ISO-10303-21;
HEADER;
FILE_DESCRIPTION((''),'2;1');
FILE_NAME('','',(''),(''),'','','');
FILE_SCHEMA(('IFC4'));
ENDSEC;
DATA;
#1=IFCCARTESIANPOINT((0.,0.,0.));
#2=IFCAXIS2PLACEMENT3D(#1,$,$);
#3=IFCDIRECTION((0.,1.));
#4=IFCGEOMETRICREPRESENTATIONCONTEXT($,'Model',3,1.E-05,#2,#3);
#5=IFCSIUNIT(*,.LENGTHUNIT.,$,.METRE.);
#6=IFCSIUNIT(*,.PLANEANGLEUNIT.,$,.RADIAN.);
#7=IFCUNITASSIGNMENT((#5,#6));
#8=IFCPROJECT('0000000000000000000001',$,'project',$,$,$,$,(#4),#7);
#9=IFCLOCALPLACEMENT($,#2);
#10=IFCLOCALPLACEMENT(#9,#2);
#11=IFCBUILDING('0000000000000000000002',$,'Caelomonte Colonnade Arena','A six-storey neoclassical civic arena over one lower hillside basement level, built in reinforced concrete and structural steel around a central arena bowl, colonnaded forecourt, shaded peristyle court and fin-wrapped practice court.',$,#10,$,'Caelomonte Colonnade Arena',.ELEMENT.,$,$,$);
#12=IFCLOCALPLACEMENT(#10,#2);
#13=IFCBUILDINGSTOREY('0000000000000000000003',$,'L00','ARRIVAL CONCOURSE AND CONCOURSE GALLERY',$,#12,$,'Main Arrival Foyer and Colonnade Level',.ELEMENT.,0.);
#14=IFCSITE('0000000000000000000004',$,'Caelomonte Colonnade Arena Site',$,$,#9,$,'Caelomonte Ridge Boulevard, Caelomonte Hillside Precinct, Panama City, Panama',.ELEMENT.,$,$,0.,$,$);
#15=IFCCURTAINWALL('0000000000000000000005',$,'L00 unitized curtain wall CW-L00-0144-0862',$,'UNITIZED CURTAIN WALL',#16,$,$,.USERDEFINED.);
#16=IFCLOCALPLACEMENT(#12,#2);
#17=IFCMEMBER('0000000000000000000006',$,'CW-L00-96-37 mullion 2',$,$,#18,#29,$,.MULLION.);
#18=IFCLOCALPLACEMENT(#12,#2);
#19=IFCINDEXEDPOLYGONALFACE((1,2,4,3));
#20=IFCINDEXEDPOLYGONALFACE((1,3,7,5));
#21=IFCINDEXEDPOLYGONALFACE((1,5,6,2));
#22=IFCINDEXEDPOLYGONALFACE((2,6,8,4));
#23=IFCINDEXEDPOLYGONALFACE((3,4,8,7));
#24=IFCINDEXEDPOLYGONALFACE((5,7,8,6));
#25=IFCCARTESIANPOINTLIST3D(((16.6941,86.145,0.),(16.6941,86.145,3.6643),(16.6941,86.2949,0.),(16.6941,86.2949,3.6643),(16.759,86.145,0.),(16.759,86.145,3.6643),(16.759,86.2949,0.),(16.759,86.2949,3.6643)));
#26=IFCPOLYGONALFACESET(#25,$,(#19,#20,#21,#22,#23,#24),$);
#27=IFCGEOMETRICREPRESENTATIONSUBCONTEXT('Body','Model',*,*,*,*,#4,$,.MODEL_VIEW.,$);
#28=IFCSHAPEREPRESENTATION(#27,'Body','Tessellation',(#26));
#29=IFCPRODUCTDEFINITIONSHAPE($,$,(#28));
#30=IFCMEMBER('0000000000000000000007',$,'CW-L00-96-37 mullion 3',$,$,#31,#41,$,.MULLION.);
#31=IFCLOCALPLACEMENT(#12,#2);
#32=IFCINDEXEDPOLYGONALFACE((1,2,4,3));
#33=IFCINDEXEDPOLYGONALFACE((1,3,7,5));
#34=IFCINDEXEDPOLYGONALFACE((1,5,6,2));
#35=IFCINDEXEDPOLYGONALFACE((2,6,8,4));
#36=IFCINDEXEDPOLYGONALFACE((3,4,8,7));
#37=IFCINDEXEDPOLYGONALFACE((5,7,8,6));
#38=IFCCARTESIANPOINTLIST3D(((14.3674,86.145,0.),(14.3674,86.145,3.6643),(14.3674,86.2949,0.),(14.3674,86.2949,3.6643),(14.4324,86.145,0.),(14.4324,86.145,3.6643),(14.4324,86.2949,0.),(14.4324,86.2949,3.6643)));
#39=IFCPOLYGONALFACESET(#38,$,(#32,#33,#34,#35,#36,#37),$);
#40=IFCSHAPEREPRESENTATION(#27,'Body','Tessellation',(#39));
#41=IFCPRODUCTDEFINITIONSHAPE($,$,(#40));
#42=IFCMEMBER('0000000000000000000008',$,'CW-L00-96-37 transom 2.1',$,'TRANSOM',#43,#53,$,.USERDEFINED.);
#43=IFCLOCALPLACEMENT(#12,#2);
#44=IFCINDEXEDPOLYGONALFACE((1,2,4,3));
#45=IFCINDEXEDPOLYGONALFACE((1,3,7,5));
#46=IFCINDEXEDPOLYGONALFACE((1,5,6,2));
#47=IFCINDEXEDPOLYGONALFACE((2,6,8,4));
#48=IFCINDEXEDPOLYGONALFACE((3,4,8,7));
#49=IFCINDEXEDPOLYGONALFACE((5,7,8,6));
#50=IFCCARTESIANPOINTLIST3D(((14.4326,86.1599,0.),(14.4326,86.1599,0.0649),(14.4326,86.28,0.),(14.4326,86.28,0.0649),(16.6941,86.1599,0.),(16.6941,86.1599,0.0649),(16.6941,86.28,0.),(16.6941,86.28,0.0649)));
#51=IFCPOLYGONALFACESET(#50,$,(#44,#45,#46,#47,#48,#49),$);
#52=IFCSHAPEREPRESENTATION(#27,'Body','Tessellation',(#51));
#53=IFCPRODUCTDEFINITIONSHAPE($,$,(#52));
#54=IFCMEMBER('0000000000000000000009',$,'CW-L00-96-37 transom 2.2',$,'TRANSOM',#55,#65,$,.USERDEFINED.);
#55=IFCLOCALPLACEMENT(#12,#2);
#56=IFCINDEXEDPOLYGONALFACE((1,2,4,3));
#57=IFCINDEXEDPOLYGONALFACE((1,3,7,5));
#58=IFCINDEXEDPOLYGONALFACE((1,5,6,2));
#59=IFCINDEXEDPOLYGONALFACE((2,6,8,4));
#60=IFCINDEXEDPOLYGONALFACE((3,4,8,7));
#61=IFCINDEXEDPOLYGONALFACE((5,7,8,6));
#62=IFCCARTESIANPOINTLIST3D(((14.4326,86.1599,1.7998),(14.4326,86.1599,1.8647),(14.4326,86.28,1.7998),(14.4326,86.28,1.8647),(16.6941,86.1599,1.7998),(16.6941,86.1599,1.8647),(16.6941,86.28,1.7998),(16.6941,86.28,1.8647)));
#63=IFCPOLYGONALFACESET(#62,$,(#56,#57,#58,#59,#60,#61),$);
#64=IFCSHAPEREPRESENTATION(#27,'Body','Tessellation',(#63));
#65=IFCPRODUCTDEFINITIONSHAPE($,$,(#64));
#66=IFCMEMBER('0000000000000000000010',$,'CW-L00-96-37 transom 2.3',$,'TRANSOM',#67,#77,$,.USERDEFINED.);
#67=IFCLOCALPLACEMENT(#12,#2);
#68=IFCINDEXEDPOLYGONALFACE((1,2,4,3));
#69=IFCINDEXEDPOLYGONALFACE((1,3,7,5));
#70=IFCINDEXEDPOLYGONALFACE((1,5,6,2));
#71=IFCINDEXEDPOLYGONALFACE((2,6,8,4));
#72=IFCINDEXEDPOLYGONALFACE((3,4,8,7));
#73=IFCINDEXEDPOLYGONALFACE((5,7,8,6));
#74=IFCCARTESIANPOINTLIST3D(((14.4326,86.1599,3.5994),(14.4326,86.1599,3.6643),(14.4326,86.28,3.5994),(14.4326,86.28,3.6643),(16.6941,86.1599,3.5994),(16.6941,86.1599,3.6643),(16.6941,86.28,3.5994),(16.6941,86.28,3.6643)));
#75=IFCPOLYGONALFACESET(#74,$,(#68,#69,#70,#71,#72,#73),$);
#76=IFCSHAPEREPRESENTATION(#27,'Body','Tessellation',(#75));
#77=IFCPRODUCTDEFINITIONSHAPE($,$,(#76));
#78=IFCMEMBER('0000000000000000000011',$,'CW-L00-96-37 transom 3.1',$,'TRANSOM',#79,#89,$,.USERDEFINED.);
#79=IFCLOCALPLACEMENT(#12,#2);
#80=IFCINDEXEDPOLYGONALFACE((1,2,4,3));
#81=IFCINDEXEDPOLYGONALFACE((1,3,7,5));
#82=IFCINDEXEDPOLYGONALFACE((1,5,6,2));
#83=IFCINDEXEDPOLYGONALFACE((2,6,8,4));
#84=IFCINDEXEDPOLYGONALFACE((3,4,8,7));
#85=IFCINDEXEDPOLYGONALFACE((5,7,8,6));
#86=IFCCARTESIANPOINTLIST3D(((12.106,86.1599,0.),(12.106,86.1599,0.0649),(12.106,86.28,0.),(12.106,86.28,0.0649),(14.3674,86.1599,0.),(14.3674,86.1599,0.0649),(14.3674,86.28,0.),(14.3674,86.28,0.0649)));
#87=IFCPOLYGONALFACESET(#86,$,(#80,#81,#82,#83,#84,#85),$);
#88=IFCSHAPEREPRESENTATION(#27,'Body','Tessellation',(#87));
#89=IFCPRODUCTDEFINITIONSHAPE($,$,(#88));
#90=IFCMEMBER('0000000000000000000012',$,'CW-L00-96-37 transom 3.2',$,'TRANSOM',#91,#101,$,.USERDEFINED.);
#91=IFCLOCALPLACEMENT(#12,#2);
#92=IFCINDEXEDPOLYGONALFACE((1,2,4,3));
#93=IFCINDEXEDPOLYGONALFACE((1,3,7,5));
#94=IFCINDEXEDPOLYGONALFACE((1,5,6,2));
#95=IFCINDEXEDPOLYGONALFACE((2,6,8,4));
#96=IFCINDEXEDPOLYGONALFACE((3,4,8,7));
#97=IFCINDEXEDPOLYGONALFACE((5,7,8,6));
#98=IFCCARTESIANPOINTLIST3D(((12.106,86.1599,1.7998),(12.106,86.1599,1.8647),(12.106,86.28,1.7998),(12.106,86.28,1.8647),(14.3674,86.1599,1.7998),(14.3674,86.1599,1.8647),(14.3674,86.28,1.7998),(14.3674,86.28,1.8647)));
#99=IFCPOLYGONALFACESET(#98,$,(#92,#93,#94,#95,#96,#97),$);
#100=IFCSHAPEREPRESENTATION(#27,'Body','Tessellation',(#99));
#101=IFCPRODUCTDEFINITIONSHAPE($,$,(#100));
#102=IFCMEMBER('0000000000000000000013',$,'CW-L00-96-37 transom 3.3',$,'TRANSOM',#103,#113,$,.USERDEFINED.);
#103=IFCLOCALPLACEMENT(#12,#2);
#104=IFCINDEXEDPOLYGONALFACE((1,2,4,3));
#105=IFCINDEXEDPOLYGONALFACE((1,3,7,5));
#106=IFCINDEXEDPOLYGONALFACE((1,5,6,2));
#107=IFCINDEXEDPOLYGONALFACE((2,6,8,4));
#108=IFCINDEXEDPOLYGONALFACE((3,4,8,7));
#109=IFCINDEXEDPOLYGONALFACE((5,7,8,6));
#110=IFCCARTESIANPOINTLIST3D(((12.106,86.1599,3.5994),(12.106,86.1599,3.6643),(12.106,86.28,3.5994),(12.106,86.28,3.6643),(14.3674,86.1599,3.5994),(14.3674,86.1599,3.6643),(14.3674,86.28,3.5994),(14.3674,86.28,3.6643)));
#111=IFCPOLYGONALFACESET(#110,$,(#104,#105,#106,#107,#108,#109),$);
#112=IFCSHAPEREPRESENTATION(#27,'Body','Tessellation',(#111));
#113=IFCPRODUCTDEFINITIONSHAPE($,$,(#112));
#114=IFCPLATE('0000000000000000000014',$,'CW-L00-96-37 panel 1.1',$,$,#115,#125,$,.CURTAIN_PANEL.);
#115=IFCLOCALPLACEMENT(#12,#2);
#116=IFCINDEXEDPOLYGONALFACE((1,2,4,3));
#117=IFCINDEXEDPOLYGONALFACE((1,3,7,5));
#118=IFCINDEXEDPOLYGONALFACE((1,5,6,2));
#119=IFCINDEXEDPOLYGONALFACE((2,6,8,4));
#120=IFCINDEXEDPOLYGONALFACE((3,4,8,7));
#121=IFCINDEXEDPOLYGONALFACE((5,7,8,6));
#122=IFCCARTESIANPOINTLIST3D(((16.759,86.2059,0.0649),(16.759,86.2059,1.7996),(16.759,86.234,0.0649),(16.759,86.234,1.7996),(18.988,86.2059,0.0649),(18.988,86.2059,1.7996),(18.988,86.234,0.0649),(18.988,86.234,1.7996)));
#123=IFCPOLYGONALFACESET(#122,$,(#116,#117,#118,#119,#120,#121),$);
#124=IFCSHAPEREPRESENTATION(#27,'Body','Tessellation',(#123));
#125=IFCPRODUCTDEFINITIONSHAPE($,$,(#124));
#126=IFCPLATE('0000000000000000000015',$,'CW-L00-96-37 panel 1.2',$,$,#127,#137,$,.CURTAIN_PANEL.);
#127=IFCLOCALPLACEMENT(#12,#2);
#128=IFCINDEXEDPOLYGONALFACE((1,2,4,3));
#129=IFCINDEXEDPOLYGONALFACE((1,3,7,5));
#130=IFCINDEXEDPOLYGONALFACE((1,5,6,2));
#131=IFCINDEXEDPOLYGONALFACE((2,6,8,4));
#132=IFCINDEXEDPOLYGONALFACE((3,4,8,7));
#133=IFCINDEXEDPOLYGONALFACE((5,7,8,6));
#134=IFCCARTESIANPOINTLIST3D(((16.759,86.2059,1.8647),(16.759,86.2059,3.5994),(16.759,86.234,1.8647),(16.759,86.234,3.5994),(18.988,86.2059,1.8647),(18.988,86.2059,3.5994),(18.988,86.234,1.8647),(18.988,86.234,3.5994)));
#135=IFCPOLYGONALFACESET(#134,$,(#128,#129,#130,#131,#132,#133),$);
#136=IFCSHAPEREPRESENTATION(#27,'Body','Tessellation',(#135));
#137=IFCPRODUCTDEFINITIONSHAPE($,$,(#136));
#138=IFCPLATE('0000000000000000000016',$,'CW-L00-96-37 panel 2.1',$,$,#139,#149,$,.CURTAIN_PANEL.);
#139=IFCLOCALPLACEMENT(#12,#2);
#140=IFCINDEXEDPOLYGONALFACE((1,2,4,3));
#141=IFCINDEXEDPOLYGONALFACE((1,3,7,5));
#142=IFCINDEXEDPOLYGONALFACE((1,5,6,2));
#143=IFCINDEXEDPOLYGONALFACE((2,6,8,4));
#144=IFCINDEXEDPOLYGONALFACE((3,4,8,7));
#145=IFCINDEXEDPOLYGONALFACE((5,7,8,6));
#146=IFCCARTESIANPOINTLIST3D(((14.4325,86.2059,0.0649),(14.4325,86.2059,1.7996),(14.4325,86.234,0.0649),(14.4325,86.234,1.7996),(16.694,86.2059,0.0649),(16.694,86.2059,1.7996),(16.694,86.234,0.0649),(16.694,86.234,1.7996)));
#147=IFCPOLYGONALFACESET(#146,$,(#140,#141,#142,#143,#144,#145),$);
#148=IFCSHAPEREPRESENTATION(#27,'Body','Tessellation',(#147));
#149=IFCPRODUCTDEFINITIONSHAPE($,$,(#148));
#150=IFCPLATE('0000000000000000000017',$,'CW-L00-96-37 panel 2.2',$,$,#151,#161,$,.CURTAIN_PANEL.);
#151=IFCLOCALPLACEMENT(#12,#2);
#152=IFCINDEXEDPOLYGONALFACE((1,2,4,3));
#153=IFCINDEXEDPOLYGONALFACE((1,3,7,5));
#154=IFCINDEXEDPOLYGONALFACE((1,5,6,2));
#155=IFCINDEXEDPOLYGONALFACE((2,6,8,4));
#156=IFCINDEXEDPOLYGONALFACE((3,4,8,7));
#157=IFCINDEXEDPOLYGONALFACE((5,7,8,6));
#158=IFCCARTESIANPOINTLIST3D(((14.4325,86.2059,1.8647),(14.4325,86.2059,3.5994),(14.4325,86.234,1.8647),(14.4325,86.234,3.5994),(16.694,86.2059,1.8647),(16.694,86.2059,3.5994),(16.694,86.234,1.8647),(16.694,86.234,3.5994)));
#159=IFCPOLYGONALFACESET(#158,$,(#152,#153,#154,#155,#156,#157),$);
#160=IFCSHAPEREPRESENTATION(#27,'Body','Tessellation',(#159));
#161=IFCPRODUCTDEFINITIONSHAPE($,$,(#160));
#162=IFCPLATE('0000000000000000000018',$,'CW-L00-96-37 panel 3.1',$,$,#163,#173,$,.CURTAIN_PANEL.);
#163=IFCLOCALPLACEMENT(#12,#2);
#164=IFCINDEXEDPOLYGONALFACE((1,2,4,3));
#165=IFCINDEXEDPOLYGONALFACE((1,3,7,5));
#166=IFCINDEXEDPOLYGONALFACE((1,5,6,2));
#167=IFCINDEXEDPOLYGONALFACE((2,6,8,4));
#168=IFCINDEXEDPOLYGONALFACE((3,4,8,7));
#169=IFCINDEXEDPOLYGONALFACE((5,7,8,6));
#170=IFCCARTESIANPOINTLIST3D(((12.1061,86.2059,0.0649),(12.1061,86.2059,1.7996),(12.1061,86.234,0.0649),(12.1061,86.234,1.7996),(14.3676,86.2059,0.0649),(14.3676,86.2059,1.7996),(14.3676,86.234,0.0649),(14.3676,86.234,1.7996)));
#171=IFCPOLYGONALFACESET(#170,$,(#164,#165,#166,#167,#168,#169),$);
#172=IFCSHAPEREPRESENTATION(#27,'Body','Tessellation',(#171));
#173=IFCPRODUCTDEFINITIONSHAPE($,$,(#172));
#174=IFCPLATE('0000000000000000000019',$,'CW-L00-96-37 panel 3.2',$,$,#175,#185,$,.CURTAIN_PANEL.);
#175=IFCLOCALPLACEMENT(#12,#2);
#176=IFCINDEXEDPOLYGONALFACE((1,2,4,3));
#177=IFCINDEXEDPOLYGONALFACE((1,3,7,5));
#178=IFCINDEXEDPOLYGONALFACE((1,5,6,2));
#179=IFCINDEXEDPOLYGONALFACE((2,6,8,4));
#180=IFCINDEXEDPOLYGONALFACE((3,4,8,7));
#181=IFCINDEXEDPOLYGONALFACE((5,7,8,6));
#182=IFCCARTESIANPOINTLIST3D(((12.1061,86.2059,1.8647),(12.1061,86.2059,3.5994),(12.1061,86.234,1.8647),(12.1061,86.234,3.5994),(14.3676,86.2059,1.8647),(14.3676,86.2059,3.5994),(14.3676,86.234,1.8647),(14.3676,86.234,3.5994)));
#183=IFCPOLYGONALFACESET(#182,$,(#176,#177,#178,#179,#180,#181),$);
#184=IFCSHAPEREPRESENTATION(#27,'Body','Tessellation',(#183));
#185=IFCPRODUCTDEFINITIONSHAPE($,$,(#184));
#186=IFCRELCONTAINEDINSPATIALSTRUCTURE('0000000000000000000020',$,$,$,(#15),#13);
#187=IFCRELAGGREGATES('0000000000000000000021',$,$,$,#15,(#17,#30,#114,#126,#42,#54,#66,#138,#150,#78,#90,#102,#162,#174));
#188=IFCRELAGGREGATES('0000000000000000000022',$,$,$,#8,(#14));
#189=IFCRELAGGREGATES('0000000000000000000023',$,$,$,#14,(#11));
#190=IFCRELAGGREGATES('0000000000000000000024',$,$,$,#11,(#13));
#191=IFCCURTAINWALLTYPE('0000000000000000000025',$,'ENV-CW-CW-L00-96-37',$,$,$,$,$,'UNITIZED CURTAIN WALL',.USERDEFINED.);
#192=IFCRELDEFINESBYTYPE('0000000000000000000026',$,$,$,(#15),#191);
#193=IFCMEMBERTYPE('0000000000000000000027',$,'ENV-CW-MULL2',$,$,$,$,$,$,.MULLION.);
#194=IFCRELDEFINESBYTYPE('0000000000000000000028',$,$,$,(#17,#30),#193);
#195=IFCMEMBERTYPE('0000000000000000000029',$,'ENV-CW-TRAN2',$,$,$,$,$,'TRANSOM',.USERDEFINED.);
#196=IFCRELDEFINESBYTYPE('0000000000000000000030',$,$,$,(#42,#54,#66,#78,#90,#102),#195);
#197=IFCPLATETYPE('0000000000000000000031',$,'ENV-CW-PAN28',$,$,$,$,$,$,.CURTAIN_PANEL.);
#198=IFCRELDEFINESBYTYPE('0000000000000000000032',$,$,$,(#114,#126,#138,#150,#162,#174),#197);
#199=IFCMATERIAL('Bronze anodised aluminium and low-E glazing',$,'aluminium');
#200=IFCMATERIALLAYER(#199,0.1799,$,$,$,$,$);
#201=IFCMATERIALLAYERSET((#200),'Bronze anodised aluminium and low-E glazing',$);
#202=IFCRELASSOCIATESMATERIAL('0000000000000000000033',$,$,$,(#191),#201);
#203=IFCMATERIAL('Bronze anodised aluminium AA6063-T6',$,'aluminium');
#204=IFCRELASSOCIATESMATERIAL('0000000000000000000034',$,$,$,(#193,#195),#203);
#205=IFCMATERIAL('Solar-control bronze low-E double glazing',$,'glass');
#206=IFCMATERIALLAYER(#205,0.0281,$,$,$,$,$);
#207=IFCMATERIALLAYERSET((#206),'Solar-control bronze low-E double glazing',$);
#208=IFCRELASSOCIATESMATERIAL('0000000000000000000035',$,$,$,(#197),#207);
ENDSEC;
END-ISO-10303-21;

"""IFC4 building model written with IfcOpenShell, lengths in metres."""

from ifc_helpers import new_model, si_unit, direction, frame, origin, origin_2d, place, context, subcontext, project, spatial, rectangle, extrude, material, layer, layer_set, material_profile, profile_set, type_object, element, aggregate, save


model = new_model("IFC4")

# Units and contexts
model_context = context("Model", 3, precision=1e-05, world=origin(), true_north=direction((0.0, 1.0)))
body_context = subcontext(model_context, "Body", "Model", "MODEL_VIEW")
ifc_project = project(units=[si_unit("LENGTHUNIT", "METRE"), si_unit("PLANEANGLEUNIT", "RADIAN")], contexts=[model_context])

# Site, building, storey
site_placement = place(None, origin())
site = spatial("IfcSite", under=ifc_project, at=site_placement, Name="Caelomonte Colonnade Arena Site", LongName="Caelomonte Ridge Boulevard, Caelomonte Hillside Precinct, Panama City, Panama", CompositionType="ELEMENT", RefElevation=0.0)
building_placement = place(site_placement, origin())
building = spatial("IfcBuilding", under=site, at=building_placement, Name="Caelomonte Colonnade Arena", Description="A six-storey neoclassical civic arena over one lower hillside basement level, built in reinforced concrete and structural steel around a central arena bowl, colonnaded forecourt, shaded peristyle court and fin-wrapped practice court.", LongName="Caelomonte Colonnade Arena", CompositionType="ELEMENT")
storey_placement = place(building_placement, origin())
storey = spatial("IfcBuildingStorey", under=building, at=storey_placement, Name="L00", Description="ARRIVAL CONCOURSE AND CONCOURSE GALLERY", LongName="Main Arrival Foyer and Colonnade Level", CompositionType="ELEMENT", Elevation=0.0)

# Curtain wall, members, plates
ifc_material_1 = material(Name="Bronze anodised aluminium and low-E glazing", Category="aluminium")
ifc_layer_1 = layer(ifc_material_1, 0.1799)
ifc_layer_set_1 = layer_set([ifc_layer_1], Name="Bronze anodised aluminium and low-E glazing")
curtain_wall_type = type_object("IfcCurtainWallType", Name="ENV-CW-CW-L00-96-37", ElementType="UNITIZED CURTAIN WALL", PredefinedType="USERDEFINED", material=ifc_layer_set_1)
curtain_wall_placement = place(storey_placement, origin())
curtain_wall = element("IfcCurtainWall", 1, at=curtain_wall_placement, inside=storey, type_object=curtain_wall_type, Name="L00 unitized curtain wall CW-L00-0144-0862", ObjectType="UNITIZED CURTAIN WALL", PredefinedType="USERDEFINED")
ifc_material_2 = material(Name="Bronze anodised aluminium AA6063-T6", Category="aluminium")
ifc_material_profile_1 = material_profile(ifc_material_2, rectangle(XDim=0.0649, YDim=0.1499, at=origin_2d()), Name="CWM-65X150")
ifc_profile_set_1 = profile_set([ifc_material_profile_1], Name="Bronze anodised aluminium AA6063-T6")
member_type_1 = type_object("IfcMemberType", Name="ENV-CW-MULL2", PredefinedType="MULLION", material=ifc_profile_set_1)
member_1_placement = place(storey_placement, frame((16.7266, 86.22, 0.0), z_axis=(0.0, 0.0, 1.0), x_axis=(-1.0, 0.0, 0.0)))
member_1 = element("IfcMember", 2, at=member_1_placement, type_object=member_type_1, Name="CW-L00-96-37 mullion 2", PredefinedType="MULLION", context=body_context, shape_type="SweptSolid", body=[
    extrude(rectangle(XDim=0.0649, YDim=0.1499, at=origin_2d()), origin(), (0.0, 0.0, 1.0), 3.6643),
])
member_2_placement = place(storey_placement, frame((14.3999, 86.22, 0.0), z_axis=(0.0, 0.0, 1.0), x_axis=(-1.0, 0.0, 0.0)))
member_2 = element("IfcMember", 3, at=member_2_placement, type_object=member_type_1, Name="CW-L00-96-37 mullion 3", PredefinedType="MULLION", context=body_context, shape_type="SweptSolid", body=[
    extrude(rectangle(XDim=0.0649, YDim=0.1499, at=origin_2d()), origin(), (0.0, 0.0, 1.0), 3.6643),
])
ifc_material_profile_2 = material_profile(ifc_material_2, rectangle(XDim=0.0649, YDim=0.1201, at=origin_2d()), Name="CWT-65X120")
ifc_profile_set_2 = profile_set([ifc_material_profile_2], Name="Bronze anodised aluminium AA6063-T6")
member_type_2 = type_object("IfcMemberType", Name="ENV-CW-TRAN2", ElementType="TRANSOM", PredefinedType="USERDEFINED", material=ifc_profile_set_2)
member_3_placement = place(storey_placement, frame((16.6941, 86.22, 0.0325), z_axis=(-1.0, 0.0, 0.0), x_axis=(0.0, 0.0, 1.0)))
member_3 = element("IfcMember", 4, at=member_3_placement, type_object=member_type_2, Name="CW-L00-96-37 transom 2.1", ObjectType="TRANSOM", PredefinedType="USERDEFINED", context=body_context, shape_type="SweptSolid", body=[
    extrude(rectangle(XDim=0.0649, YDim=0.1201, at=origin_2d()), origin(), (0.0, 0.0, 1.0), 2.2615),
])
member_4_placement = place(storey_placement, frame((16.6941, 86.22, 1.8323), z_axis=(-1.0, 0.0, 0.0), x_axis=(0.0, 0.0, 1.0)))
member_4 = element("IfcMember", 5, at=member_4_placement, type_object=member_type_2, Name="CW-L00-96-37 transom 2.2", ObjectType="TRANSOM", PredefinedType="USERDEFINED", context=body_context, shape_type="SweptSolid", body=[
    extrude(rectangle(XDim=0.0649, YDim=0.1201, at=origin_2d()), origin(), (0.0, 0.0, 1.0), 2.2615),
])
member_5_placement = place(storey_placement, frame((16.6941, 86.22, 3.6318), z_axis=(-1.0, 0.0, 0.0), x_axis=(0.0, 0.0, 1.0)))
member_5 = element("IfcMember", 6, at=member_5_placement, type_object=member_type_2, Name="CW-L00-96-37 transom 2.3", ObjectType="TRANSOM", PredefinedType="USERDEFINED", context=body_context, shape_type="SweptSolid", body=[
    extrude(rectangle(XDim=0.0649, YDim=0.1201, at=origin_2d()), origin(), (0.0, 0.0, 1.0), 2.2615),
])
member_6_placement = place(storey_placement, frame((14.3674, 86.22, 0.0325), z_axis=(-1.0, 0.0, 0.0), x_axis=(0.0, 0.0, 1.0)))
member_6 = element("IfcMember", 7, at=member_6_placement, type_object=member_type_2, Name="CW-L00-96-37 transom 3.1", ObjectType="TRANSOM", PredefinedType="USERDEFINED", context=body_context, shape_type="SweptSolid", body=[
    extrude(rectangle(XDim=0.0649, YDim=0.1201, at=origin_2d()), origin(), (0.0, 0.0, 1.0), 2.2615),
])
member_7_placement = place(storey_placement, frame((14.3674, 86.22, 1.8323), z_axis=(-1.0, 0.0, 0.0), x_axis=(0.0, 0.0, 1.0)))
member_7 = element("IfcMember", 8, at=member_7_placement, type_object=member_type_2, Name="CW-L00-96-37 transom 3.2", ObjectType="TRANSOM", PredefinedType="USERDEFINED", context=body_context, shape_type="SweptSolid", body=[
    extrude(rectangle(XDim=0.0649, YDim=0.1201, at=origin_2d()), origin(), (0.0, 0.0, 1.0), 2.2615),
])
member_8_placement = place(storey_placement, frame((14.3674, 86.22, 3.6318), z_axis=(-1.0, 0.0, 0.0), x_axis=(0.0, 0.0, 1.0)))
member_8 = element("IfcMember", 9, at=member_8_placement, type_object=member_type_2, Name="CW-L00-96-37 transom 3.3", ObjectType="TRANSOM", PredefinedType="USERDEFINED", context=body_context, shape_type="SweptSolid", body=[
    extrude(rectangle(XDim=0.0649, YDim=0.1201, at=origin_2d()), origin(), (0.0, 0.0, 1.0), 2.2615),
])
ifc_material_3 = material(Name="Solar-control bronze low-E double glazing", Category="glass")
ifc_layer_2 = layer(ifc_material_3, 0.0281)
ifc_layer_set_2 = layer_set([ifc_layer_2], Name="Solar-control bronze low-E double glazing")
plate_type = type_object("IfcPlateType", Name="ENV-CW-PAN28", PredefinedType="CURTAIN_PANEL", material=ifc_layer_set_2)
plate_1_placement = place(storey_placement, frame((17.8735, 86.22, 0.0649), z_axis=(0.0, 0.0, 1.0), x_axis=(-1.0, 0.0, 0.0)))
plate_1 = element("IfcPlate", 10, at=plate_1_placement, type_object=plate_type, Name="CW-L00-96-37 panel 1.1", PredefinedType="CURTAIN_PANEL", context=body_context, shape_type="SweptSolid", body=[
    extrude(rectangle(XDim=2.229, YDim=0.0281, at=origin_2d()), origin(), (0.0, 0.0, 1.0), 1.7346),
])
plate_2_placement = place(storey_placement, frame((17.8735, 86.22, 1.8647), z_axis=(0.0, 0.0, 1.0), x_axis=(-1.0, 0.0, 0.0)))
plate_2 = element("IfcPlate", 11, at=plate_2_placement, type_object=plate_type, Name="CW-L00-96-37 panel 1.2", PredefinedType="CURTAIN_PANEL", context=body_context, shape_type="SweptSolid", body=[
    extrude(rectangle(XDim=2.229, YDim=0.0281, at=origin_2d()), origin(), (0.0, 0.0, 1.0), 1.7346),
])
plate_3_placement = place(storey_placement, frame((15.5632, 86.22, 0.0649), z_axis=(0.0, 0.0, 1.0), x_axis=(-1.0, 0.0, 0.0)))
plate_3 = element("IfcPlate", 12, at=plate_3_placement, type_object=plate_type, Name="CW-L00-96-37 panel 2.1", PredefinedType="CURTAIN_PANEL", context=body_context, shape_type="SweptSolid", body=[
    extrude(rectangle(XDim=2.2615, YDim=0.0281, at=origin_2d()), origin(), (0.0, 0.0, 1.0), 1.7346),
])
plate_4_placement = place(storey_placement, frame((15.5632, 86.22, 1.8647), z_axis=(0.0, 0.0, 1.0), x_axis=(-1.0, 0.0, 0.0)))
plate_4 = element("IfcPlate", 13, at=plate_4_placement, type_object=plate_type, Name="CW-L00-96-37 panel 2.2", PredefinedType="CURTAIN_PANEL", context=body_context, shape_type="SweptSolid", body=[
    extrude(rectangle(XDim=2.2615, YDim=0.0281, at=origin_2d()), origin(), (0.0, 0.0, 1.0), 1.7346),
])
plate_5_placement = place(storey_placement, frame((13.2368, 86.22, 0.0649), z_axis=(0.0, 0.0, 1.0), x_axis=(-1.0, 0.0, 0.0)))
plate_5 = element("IfcPlate", 14, at=plate_5_placement, type_object=plate_type, Name="CW-L00-96-37 panel 3.1", PredefinedType="CURTAIN_PANEL", context=body_context, shape_type="SweptSolid", body=[
    extrude(rectangle(XDim=2.2615, YDim=0.0281, at=origin_2d()), origin(), (0.0, 0.0, 1.0), 1.7346),
])
plate_6_placement = place(storey_placement, frame((13.2368, 86.22, 1.8647), z_axis=(0.0, 0.0, 1.0), x_axis=(-1.0, 0.0, 0.0)))
plate_6 = element("IfcPlate", 15, at=plate_6_placement, type_object=plate_type, Name="CW-L00-96-37 panel 3.2", PredefinedType="CURTAIN_PANEL", context=body_context, shape_type="SweptSolid", body=[
    extrude(rectangle(XDim=2.2615, YDim=0.0281, at=origin_2d()), origin(), (0.0, 0.0, 1.0), 1.7346),
])
aggregate(curtain_wall, [member_1, member_2, plate_1, plate_2, member_3, member_4, member_5, plate_3, plate_4, member_6, member_7, member_8, plate_5, plate_6])

save(model, "model.ifc")
